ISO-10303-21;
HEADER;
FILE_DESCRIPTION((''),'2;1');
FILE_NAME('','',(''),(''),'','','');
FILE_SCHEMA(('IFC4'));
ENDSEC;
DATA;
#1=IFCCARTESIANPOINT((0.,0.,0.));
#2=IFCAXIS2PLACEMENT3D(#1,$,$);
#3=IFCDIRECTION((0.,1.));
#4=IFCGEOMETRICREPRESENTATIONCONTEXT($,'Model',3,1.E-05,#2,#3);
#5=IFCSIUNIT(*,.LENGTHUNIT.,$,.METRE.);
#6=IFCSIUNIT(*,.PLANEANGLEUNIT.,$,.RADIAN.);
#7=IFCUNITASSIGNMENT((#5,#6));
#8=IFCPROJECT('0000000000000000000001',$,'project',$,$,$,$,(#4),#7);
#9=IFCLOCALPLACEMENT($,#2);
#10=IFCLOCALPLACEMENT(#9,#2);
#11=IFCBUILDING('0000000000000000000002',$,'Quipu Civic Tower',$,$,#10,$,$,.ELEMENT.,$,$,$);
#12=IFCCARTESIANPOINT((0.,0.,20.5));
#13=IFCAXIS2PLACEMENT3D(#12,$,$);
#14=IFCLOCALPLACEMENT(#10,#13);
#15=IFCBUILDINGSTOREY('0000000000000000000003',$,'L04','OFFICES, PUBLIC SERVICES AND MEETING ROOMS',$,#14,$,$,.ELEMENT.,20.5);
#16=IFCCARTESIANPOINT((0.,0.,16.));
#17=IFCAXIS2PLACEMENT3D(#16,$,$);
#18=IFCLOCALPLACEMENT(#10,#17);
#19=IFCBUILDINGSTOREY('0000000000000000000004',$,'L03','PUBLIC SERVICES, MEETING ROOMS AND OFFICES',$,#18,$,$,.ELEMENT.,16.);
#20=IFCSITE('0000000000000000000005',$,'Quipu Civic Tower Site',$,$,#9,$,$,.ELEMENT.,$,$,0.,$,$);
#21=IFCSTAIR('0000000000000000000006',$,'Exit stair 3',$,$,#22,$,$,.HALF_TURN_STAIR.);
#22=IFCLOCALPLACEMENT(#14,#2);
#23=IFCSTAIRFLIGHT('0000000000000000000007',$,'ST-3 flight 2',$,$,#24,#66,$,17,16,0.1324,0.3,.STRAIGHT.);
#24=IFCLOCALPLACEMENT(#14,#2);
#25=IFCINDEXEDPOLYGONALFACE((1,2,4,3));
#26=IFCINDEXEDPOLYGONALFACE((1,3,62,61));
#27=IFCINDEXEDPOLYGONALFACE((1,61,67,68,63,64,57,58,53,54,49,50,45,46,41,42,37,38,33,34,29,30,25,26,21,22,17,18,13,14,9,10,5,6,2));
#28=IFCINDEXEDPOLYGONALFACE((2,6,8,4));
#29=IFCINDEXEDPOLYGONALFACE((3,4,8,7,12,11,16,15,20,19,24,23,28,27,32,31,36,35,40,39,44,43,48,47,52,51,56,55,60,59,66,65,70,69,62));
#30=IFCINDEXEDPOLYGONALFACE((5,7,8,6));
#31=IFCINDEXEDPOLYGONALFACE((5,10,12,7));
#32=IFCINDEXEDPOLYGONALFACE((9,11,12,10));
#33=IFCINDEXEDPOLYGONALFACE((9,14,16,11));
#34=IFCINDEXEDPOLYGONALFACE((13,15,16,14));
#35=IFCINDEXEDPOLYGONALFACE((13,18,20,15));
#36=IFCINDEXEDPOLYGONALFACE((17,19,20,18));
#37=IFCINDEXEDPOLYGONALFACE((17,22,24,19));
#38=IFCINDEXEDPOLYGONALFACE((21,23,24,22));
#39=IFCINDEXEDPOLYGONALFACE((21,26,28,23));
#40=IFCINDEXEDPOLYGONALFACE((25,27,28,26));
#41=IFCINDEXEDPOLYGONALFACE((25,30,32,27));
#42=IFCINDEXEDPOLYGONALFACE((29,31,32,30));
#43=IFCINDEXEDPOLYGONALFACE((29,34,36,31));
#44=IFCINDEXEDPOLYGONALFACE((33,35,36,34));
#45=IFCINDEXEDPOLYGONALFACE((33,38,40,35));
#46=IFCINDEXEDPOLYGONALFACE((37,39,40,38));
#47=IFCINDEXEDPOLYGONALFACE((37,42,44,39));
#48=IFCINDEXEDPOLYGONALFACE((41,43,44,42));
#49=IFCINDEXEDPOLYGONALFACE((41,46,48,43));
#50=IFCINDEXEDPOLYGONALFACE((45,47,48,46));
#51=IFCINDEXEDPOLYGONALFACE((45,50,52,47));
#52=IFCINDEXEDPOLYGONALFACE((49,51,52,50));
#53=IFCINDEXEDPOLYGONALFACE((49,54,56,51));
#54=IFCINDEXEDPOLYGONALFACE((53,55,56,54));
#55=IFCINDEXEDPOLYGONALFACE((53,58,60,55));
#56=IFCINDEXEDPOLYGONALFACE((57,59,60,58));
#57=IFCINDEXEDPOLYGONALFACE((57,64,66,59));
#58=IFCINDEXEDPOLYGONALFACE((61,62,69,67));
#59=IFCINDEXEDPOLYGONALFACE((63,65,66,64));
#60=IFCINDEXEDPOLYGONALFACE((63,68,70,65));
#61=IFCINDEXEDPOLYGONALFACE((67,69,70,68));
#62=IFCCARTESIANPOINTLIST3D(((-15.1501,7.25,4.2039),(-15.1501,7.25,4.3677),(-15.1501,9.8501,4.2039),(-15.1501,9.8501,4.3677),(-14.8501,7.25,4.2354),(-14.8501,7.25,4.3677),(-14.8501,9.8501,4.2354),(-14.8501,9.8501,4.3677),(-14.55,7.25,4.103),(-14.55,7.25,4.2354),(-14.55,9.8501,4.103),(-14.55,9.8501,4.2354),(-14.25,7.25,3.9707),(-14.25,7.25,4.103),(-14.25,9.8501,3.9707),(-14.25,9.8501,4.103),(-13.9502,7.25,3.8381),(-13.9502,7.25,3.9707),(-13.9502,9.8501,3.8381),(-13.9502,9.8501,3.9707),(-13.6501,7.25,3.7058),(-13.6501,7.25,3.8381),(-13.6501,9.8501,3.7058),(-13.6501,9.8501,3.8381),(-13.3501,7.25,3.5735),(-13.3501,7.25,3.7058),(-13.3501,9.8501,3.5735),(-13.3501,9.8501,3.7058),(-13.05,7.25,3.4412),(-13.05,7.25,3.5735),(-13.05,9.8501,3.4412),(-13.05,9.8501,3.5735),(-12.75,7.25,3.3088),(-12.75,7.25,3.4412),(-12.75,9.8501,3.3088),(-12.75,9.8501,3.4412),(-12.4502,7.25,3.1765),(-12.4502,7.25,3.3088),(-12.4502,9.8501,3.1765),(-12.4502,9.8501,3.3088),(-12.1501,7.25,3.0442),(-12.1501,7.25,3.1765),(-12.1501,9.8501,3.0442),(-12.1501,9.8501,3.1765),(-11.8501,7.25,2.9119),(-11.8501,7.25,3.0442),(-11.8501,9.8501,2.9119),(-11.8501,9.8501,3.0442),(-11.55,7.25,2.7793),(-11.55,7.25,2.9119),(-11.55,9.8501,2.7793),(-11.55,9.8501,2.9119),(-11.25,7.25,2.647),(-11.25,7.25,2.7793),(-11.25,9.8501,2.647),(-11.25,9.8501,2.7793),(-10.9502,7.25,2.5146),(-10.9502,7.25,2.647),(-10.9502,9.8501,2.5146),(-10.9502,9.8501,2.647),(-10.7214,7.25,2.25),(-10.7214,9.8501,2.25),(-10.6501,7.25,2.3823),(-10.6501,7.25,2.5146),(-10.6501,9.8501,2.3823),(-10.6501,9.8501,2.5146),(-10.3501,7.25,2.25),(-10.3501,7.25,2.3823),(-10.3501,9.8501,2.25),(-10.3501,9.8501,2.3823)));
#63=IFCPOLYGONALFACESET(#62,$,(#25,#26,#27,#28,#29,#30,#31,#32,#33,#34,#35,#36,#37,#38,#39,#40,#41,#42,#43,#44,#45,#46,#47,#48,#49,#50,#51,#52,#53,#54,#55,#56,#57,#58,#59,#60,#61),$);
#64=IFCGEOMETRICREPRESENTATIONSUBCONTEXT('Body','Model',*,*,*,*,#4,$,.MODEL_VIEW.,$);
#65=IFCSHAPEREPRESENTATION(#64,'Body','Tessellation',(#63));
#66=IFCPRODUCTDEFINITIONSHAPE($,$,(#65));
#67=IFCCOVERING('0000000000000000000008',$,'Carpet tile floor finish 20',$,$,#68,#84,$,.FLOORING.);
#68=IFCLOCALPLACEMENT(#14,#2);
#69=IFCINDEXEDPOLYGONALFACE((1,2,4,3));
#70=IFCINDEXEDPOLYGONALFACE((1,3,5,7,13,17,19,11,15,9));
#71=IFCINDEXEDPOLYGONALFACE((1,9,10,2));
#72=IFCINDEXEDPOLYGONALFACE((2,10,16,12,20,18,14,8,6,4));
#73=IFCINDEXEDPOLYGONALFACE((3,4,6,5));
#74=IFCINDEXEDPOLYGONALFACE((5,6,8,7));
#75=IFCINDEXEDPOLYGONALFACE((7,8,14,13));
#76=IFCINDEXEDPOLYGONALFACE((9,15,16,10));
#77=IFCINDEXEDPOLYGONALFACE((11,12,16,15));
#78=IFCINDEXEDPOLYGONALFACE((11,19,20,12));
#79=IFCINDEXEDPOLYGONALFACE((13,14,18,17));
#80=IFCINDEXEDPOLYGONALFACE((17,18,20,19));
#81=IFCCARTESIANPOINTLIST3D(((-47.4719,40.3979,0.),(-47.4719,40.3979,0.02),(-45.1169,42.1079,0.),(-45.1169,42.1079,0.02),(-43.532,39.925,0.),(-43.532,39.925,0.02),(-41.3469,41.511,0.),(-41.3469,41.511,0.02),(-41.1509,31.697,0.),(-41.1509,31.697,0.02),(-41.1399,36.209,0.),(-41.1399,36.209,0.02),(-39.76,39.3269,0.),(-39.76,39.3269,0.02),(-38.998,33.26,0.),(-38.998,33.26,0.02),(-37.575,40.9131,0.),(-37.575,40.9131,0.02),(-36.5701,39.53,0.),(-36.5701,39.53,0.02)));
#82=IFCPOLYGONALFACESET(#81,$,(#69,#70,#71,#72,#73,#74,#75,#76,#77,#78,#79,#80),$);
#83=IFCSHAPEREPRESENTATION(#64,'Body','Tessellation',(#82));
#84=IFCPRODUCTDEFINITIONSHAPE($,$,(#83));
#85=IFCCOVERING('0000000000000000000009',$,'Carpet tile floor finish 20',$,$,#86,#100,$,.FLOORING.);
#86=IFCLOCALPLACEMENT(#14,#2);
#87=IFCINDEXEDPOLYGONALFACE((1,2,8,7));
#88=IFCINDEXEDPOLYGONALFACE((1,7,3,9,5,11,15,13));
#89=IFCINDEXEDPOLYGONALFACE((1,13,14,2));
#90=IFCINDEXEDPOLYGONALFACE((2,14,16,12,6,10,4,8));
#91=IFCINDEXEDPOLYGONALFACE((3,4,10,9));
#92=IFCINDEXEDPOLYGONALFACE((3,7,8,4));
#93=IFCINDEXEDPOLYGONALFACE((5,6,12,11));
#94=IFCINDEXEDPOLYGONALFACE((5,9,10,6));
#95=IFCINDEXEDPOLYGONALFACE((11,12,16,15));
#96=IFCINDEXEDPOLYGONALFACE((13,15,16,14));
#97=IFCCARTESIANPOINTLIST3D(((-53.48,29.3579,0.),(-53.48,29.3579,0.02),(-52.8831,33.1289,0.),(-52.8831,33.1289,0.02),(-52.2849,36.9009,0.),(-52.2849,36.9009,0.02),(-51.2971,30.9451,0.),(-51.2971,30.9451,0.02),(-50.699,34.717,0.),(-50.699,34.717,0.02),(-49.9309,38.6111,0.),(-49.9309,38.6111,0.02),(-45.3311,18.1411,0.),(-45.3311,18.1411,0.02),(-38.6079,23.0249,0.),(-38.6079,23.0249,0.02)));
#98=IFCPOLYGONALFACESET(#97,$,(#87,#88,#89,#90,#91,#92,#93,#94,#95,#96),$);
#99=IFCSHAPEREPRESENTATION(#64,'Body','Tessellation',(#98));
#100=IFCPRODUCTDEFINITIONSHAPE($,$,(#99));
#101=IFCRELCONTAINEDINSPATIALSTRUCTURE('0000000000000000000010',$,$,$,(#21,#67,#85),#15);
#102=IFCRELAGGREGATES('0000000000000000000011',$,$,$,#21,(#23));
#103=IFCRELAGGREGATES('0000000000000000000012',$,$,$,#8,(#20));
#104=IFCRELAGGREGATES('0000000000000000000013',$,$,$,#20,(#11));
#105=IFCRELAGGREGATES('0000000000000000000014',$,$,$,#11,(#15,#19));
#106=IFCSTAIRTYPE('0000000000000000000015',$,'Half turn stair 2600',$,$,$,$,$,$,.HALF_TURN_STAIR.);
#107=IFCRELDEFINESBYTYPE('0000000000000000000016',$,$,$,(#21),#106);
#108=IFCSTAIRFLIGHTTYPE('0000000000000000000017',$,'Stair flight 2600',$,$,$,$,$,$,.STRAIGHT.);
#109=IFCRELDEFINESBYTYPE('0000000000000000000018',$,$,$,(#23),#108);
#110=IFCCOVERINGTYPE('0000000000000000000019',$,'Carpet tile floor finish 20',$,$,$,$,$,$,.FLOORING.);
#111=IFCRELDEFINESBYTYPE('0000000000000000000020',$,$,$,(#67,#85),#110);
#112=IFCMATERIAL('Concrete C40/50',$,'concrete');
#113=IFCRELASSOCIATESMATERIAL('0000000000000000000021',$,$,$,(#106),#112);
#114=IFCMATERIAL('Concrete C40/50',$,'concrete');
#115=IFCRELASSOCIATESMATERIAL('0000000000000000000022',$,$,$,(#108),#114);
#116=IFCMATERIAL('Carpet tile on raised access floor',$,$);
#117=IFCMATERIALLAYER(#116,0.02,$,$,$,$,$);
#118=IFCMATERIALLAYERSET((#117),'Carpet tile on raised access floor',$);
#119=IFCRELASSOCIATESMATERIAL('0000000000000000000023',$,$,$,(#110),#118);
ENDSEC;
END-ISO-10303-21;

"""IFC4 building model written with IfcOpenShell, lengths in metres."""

from ifc_helpers import new_model, si_unit, direction, frame, origin, place, context, subcontext, project, spatial, polyline, outline, extrude, material, layer, layer_set, type_object, element, aggregate, save


model = new_model("IFC4")

# Units and contexts
model_context = context("Model", 3, precision=1e-05, world=origin(), true_north=direction((0.0, 1.0)))
body_context = subcontext(model_context, "Body", "Model", "MODEL_VIEW")
ifc_project = project(units=[si_unit("LENGTHUNIT", "METRE"), si_unit("PLANEANGLEUNIT", "RADIAN")], contexts=[model_context])

# Site, building, storey
site_placement = place(None, origin())
site = spatial("IfcSite", under=ifc_project, at=site_placement, Name="Quipu Civic Tower Site", CompositionType="ELEMENT", RefElevation=0.0)
building_placement = place(site_placement, origin())
building = spatial("IfcBuilding", under=site, at=building_placement, Name="Quipu Civic Tower", CompositionType="ELEMENT")
storey_1_placement = place(building_placement, frame((0.0, 0.0, 20.5)))
storey_1 = spatial("IfcBuildingStorey", under=building, at=storey_1_placement, Name="L04", Description="OFFICES, PUBLIC SERVICES AND MEETING ROOMS", CompositionType="ELEMENT", Elevation=20.5)

# Shared definitions
storey_2_placement = place(building_placement, frame((0.0, 0.0, 16.0)))
storey_2 = spatial("IfcBuildingStorey", under=building, at=storey_2_placement, Name="L03", Description="PUBLIC SERVICES, MEETING ROOMS AND OFFICES", CompositionType="ELEMENT", Elevation=16.0)

# Stair, stair flight
ifc_material_1 = material(Name="Concrete C40/50", Category="concrete")
stair_type = type_object("IfcStairType", Name="Half turn stair 2600", PredefinedType="HALF_TURN_STAIR", material=ifc_material_1)
stair_placement = place(storey_1_placement, origin())
stair = element("IfcStair", 1, at=stair_placement, inside=storey_1, type_object=stair_type, Name="Exit stair 3", PredefinedType="HALF_TURN_STAIR")
ifc_material_2 = material(Name="Concrete C40/50", Category="concrete")
stair_flight_type = type_object("IfcStairFlightType", Name="Stair flight 2600", PredefinedType="STRAIGHT", material=ifc_material_2)
stair_flight_placement = place(storey_1_placement, frame((-10.3501, 8.55, 2.25), z_axis=(0.0, 0.0, 1.0), x_axis=(-1.0, 0.0, 0.0)))
stair_flight = element("IfcStairFlight", 2, at=stair_flight_placement, type_object=stair_flight_type, Name="ST-3 flight 2", NumberOfRisers=17, NumberOfTreads=16, PredefinedType="STRAIGHT", RiserHeight=0.1324, TreadLength=0.3, context=body_context, shape_type="SweptSolid", body=[
    extrude(outline(polyline([(0.0, 0.0), (0.0, 0.1323), (0.3, 0.1323), (0.3, 0.2646), (0.6001, 0.2646), (0.6001, 0.397), (0.8999, 0.397), (0.8999, 0.5293), (1.2, 0.5293), (1.2, 0.6619), (1.5, 0.6619), (1.5, 0.7942), (1.8, 0.7942), (1.8, 0.9265), (2.1001, 0.9265), (2.1001, 1.0588), (2.3999, 1.0588), (2.3999, 1.1912), (2.7, 1.1912), (2.7, 1.3235), (3.0, 1.3235), (3.0, 1.4558), (3.3, 1.4558), (3.3, 1.5881), (3.6001, 1.5881), (3.6001, 1.7207), (3.8999, 1.7207), (3.8999, 1.853), (4.2, 1.853), (4.2, 1.9854), (4.5, 1.9854), (4.5, 2.1177), (4.8, 2.1177), (4.8, 2.25), (4.8, 1.9539), (0.3713, 0.0), (0.0, 0.0)])), frame((0.0, 1.3, 0.0), z_axis=(0.0, -1.0, 0.0), x_axis=(1.0, 0.0, 0.0)), (0.0, 0.0, 1.0), 2.6001),
])
aggregate(stair, [stair_flight])

# Coverings
ifc_material_3 = material(Name="Carpet tile on raised access floor")
ifc_layer_1 = layer(ifc_material_3, 0.02)
ifc_layer_set_1 = layer_set([ifc_layer_1], Name="Carpet tile on raised access floor")
covering_type = type_object("IfcCoveringType", Name="Carpet tile floor finish 20", PredefinedType="FLOORING", material=ifc_layer_set_1)
covering_1_placement = place(storey_1_placement, origin())
element("IfcCovering", 3, at=covering_1_placement, inside=storey_1, type_object=covering_type, Name="Carpet tile floor finish 20", PredefinedType="FLOORING", context=body_context, shape_type="SweptSolid", body=[
    extrude(outline(polyline([(-47.4719, 40.3979), (-45.1169, 42.1079), (-43.532, 39.925), (-41.3469, 41.511), (-39.76, 39.3269), (-37.575, 40.9131), (-36.5701, 39.53), (-41.1399, 36.209), (-38.998, 33.26), (-41.1509, 31.697), (-47.4719, 40.3979)])), origin(), (0.0, 0.0, 1.0), 0.02),
])
covering_2_placement = place(storey_1_placement, origin())
element("IfcCovering", 4, at=covering_2_placement, inside=storey_1, type_object=covering_type, Name="Carpet tile floor finish 20", PredefinedType="FLOORING", context=body_context, shape_type="SweptSolid", body=[
    extrude(outline(polyline([(-53.48, 29.3579), (-51.2971, 30.9451), (-52.8831, 33.1289), (-50.699, 34.717), (-52.2849, 36.9009), (-49.9309, 38.6111), (-38.6079, 23.0249), (-45.3311, 18.1411), (-53.48, 29.3579)])), origin(), (0.0, 0.0, 1.0), 0.02),
])

save(model, "model.ifc")
